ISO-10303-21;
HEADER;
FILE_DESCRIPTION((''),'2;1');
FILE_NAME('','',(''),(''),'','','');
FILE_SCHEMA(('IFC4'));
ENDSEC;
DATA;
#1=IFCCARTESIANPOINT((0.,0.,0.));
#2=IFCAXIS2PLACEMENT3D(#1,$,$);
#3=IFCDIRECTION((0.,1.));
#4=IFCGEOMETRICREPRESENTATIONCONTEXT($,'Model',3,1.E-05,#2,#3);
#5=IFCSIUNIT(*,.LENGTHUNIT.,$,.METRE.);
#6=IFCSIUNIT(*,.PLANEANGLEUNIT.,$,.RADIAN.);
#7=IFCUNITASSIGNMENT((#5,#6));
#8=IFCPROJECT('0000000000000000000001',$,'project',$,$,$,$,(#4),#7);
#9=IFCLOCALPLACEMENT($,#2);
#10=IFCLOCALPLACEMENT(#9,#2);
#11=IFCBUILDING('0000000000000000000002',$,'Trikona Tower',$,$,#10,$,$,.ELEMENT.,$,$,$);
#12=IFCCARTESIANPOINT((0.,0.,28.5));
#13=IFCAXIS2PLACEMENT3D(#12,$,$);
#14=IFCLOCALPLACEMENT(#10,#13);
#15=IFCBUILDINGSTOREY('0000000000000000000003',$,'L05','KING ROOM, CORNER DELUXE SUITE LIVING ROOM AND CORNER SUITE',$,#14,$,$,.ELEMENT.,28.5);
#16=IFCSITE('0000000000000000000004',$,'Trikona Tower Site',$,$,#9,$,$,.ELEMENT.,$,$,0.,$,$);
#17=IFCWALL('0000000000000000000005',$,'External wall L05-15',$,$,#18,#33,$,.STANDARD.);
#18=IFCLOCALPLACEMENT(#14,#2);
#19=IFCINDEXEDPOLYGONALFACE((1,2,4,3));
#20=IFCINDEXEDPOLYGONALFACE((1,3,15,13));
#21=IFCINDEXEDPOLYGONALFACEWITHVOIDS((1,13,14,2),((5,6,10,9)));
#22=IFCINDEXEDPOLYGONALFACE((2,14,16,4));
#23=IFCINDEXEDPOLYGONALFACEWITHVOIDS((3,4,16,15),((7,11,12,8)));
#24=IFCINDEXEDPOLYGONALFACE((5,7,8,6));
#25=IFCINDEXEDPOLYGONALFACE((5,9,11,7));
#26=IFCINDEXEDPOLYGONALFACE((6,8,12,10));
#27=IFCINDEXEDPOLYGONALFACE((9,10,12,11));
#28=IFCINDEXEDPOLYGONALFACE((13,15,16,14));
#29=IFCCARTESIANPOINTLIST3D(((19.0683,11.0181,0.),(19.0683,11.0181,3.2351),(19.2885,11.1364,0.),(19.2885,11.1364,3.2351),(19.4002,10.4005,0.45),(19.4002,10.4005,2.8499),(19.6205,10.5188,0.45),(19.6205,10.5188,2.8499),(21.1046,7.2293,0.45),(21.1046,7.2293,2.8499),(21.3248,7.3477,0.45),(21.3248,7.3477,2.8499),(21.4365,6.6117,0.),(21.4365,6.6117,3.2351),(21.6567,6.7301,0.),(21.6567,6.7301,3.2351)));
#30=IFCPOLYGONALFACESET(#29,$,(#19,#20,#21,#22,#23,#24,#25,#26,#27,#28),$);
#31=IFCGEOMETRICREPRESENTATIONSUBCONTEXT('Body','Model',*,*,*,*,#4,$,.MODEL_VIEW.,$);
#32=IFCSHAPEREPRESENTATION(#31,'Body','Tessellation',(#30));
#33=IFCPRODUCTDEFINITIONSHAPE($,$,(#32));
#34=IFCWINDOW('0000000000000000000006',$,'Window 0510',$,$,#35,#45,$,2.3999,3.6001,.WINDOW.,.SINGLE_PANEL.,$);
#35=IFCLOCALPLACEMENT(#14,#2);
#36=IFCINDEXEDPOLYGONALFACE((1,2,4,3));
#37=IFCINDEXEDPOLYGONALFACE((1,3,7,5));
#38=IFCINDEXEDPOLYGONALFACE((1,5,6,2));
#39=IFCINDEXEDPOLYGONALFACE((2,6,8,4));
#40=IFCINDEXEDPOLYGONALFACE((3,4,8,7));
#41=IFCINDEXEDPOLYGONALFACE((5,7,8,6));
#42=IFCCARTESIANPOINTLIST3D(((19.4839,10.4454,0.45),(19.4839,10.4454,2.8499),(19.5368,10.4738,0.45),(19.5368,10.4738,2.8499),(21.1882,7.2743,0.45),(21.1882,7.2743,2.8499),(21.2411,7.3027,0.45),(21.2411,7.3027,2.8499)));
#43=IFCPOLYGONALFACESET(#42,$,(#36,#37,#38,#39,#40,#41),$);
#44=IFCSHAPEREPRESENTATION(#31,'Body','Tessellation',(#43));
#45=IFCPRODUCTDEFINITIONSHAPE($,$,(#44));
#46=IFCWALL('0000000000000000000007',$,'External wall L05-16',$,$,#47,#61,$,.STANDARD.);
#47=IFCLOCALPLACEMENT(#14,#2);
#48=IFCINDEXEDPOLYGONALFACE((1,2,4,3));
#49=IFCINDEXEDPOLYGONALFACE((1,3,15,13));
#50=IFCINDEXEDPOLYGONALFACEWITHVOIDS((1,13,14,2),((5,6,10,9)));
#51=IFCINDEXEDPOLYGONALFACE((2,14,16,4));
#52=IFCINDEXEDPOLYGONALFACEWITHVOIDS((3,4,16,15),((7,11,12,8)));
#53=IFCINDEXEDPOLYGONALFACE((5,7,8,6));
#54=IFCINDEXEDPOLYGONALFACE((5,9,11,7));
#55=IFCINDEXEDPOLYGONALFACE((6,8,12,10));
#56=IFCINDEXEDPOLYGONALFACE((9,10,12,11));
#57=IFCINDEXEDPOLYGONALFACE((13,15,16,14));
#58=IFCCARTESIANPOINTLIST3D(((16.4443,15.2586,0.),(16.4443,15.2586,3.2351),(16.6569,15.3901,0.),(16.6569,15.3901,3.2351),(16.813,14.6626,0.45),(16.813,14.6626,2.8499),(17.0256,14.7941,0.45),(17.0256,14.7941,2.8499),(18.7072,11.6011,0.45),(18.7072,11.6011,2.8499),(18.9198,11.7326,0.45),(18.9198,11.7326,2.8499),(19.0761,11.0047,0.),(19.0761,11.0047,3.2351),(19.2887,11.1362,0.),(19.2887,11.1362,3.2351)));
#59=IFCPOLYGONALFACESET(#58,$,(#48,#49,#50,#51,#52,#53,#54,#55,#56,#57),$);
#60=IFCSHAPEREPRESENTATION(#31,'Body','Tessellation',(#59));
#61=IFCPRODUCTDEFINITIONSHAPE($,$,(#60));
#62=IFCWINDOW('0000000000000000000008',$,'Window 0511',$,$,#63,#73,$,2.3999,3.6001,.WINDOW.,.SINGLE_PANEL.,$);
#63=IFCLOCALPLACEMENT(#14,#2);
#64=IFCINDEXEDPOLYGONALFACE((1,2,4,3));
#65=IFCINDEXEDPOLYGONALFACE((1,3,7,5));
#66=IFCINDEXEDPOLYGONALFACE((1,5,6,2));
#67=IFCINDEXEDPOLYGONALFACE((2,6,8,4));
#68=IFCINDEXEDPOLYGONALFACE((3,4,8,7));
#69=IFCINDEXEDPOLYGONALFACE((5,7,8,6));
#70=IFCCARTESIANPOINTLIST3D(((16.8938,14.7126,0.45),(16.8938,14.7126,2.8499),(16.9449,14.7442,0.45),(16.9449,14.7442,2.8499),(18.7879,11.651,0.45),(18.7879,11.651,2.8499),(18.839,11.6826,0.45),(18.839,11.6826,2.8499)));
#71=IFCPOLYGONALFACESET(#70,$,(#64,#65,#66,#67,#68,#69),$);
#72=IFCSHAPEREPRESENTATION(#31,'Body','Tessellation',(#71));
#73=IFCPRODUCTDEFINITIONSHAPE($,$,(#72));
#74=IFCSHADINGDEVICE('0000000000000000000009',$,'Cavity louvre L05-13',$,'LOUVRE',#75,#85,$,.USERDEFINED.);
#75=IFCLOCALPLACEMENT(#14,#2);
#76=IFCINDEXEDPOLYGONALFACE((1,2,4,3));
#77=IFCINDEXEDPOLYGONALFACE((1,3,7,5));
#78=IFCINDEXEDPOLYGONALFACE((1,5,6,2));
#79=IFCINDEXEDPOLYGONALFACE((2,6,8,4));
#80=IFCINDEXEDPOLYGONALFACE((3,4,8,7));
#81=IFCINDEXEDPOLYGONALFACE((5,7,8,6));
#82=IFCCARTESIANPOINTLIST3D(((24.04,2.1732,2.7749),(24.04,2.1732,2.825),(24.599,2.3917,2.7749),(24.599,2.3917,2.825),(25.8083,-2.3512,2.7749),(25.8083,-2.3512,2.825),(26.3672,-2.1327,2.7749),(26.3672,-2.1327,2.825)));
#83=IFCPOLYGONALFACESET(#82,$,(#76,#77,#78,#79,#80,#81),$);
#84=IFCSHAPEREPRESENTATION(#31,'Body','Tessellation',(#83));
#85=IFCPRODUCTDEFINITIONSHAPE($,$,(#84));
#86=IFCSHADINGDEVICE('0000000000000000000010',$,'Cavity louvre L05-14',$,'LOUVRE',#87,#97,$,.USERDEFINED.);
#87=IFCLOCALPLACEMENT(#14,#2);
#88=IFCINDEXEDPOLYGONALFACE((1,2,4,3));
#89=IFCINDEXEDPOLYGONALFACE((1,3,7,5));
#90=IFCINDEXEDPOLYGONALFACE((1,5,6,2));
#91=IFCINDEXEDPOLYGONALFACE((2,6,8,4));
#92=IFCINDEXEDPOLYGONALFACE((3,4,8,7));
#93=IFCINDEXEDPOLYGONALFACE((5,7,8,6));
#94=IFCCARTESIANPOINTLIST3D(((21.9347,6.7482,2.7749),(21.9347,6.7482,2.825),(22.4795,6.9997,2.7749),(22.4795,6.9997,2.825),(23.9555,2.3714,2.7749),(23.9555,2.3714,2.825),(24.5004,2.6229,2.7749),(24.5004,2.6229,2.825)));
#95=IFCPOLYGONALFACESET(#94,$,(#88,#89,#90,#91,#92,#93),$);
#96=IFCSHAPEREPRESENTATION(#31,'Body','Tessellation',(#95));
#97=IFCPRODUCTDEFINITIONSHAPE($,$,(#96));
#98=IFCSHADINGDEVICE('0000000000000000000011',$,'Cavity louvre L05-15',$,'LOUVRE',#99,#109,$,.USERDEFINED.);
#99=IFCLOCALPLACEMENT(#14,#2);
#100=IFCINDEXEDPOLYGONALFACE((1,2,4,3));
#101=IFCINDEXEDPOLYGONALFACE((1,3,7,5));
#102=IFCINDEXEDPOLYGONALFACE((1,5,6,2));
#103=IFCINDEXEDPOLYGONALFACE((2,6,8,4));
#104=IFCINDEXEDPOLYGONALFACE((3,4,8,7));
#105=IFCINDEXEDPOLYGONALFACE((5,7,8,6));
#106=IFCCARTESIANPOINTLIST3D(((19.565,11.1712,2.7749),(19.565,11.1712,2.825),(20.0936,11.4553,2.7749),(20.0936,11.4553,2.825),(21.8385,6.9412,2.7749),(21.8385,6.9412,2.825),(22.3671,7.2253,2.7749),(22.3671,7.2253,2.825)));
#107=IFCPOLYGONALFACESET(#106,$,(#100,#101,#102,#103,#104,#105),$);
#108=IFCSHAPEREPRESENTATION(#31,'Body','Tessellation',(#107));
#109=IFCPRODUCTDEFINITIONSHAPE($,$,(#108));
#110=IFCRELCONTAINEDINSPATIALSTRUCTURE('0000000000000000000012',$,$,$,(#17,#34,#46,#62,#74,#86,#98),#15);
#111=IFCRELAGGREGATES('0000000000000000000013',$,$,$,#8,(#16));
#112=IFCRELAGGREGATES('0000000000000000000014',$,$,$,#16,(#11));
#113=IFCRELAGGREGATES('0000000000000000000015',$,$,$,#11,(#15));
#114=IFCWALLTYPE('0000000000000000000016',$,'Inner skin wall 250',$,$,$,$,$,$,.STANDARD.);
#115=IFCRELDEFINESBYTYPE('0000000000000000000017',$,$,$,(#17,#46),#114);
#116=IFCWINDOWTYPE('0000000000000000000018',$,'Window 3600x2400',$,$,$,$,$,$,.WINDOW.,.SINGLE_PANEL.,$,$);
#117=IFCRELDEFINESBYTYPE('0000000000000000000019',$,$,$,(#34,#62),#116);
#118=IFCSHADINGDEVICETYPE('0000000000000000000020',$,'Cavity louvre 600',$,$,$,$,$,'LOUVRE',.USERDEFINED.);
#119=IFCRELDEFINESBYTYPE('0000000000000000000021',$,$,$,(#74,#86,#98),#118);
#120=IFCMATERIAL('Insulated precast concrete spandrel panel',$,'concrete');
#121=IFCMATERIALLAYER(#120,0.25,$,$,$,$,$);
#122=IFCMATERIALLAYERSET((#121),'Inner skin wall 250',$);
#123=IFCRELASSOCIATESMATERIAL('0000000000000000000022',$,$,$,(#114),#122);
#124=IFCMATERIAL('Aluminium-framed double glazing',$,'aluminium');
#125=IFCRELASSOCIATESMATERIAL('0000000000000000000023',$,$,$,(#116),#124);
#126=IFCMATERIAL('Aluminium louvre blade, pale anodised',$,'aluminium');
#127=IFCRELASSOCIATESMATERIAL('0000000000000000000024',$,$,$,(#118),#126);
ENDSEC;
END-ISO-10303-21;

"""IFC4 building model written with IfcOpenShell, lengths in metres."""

from ifc_helpers import new_model, si_unit, direction, frame, frame_2d, origin, origin_2d, place, context, subcontext, project, spatial, rectangle, extrude, material, layer, layer_set, type_object, element, fill, save


model = new_model("IFC4")

# Units and contexts
model_context = context("Model", 3, precision=1e-05, world=origin(), true_north=direction((0.0, 1.0)))
body_context = subcontext(model_context, "Body", "Model", "MODEL_VIEW")
ifc_project = project(units=[si_unit("LENGTHUNIT", "METRE"), si_unit("PLANEANGLEUNIT", "RADIAN")], contexts=[model_context])

# Site, building, storey
site_placement = place(None, origin())
site = spatial("IfcSite", under=ifc_project, at=site_placement, Name="Trikona Tower Site", CompositionType="ELEMENT", RefElevation=0.0)
building_placement = place(site_placement, origin())
building = spatial("IfcBuilding", under=site, at=building_placement, Name="Trikona Tower", CompositionType="ELEMENT")
storey_placement = place(building_placement, frame((0.0, 0.0, 28.5)))
storey = spatial("IfcBuildingStorey", under=building, at=storey_placement, Name="L05", Description="KING ROOM, CORNER DELUXE SUITE LIVING ROOM AND CORNER SUITE", CompositionType="ELEMENT", Elevation=28.5)

# Walls, openings, windows
ifc_material_1 = material(Name="Insulated precast concrete spandrel panel", Category="concrete")
ifc_layer_1 = layer(ifc_material_1, 0.25)
ifc_layer_set_1 = layer_set([ifc_layer_1], Name="Inner skin wall 250")
wall_type_1 = type_object("IfcWallType", Name="Inner skin wall 250", PredefinedType="STANDARD", material=ifc_layer_set_1)
ifc_material_2 = material(Name="Aluminium-framed double glazing", Category="aluminium")
window_type = type_object("IfcWindowType", Name="Window 3600x2400", PartitioningType="SINGLE_PANEL", PredefinedType="WINDOW", material=ifc_material_2)
wall_1_placement = place(storey_placement, frame((21.5466, 6.6709, 0.0), z_axis=(0.0, 0.0, 1.0), x_axis=(-0.473413, 0.880841, 0.0)))
wall_1 = element("IfcWall", 1, at=wall_1_placement, inside=storey, type_object=wall_type_1, Name="External wall L05-15", PredefinedType="STANDARD", context=body_context, shape_type="SweptSolid", body=[
    extrude(rectangle(XDim=5.0024, YDim=0.25, at=frame_2d((2.5012, 0.0))), origin(), (0.0, 0.0, 1.0), 3.2351),
])
opening_1_placement = place(wall_1_placement, frame((0.7012, 0.0, 0.45)))
opening_1 = element("IfcOpeningElement", 2, at=opening_1_placement, cuts=wall_1, PredefinedType="OPENING", context=body_context, shape_type="SweptSolid", body=[
    extrude(rectangle(XDim=3.6001, YDim=2.3999, at=frame_2d((1.8, 1.2))), frame((0.0, 0.135, 0.0), z_axis=(0.0, -1.0, 0.0), x_axis=(1.0, 0.0, 0.0)), (0.0, 0.0, 1.0), 0.27),
])
window_1_placement = place(opening_1_placement, origin())
window_1 = element("IfcWindow", 3, at=window_1_placement, inside=storey, type_object=window_type, Name="Window 0510", OverallHeight=2.3999, OverallWidth=3.6001, PartitioningType="SINGLE_PANEL", PredefinedType="WINDOW", context=body_context, shape_type="SweptSolid", body=[
    extrude(rectangle(XDim=3.6001, YDim=2.3999, at=frame_2d((1.8, 1.2))), frame((0.0, 0.03, 0.0), z_axis=(0.0, -1.0, 0.0), x_axis=(1.0, 0.0, 0.0)), (0.0, 0.0, 1.0), 0.0601),
])
fill(opening_1, window_1)
wall_2_placement = place(storey_placement, frame((19.1824, 11.0706, 0.0), z_axis=(0.0, 0.0, 1.0), x_axis=(-0.526133, 0.850402, 0.0)))
wall_2 = element("IfcWall", 4, at=wall_2_placement, inside=storey, type_object=wall_type_1, Name="External wall L05-16", PredefinedType="STANDARD", context=body_context, shape_type="SweptSolid", body=[
    extrude(rectangle(XDim=5.0022, YDim=0.25, at=frame_2d((2.501, 0.0))), origin(), (0.0, 0.0, 1.0), 3.2351),
])
opening_2_placement = place(wall_2_placement, frame((0.7012, 0.0, 0.45)))
opening_2 = element("IfcOpeningElement", 5, at=opening_2_placement, cuts=wall_2, PredefinedType="OPENING", context=body_context, shape_type="SweptSolid", body=[
    extrude(rectangle(XDim=3.6001, YDim=2.3999, at=frame_2d((1.8, 1.2))), frame((0.0, 0.135, 0.0), z_axis=(0.0, -1.0, 0.0), x_axis=(1.0, 0.0, 0.0)), (0.0, 0.0, 1.0), 0.27),
])
window_2_placement = place(opening_2_placement, origin())
window_2 = element("IfcWindow", 6, at=window_2_placement, inside=storey, type_object=window_type, Name="Window 0511", OverallHeight=2.3999, OverallWidth=3.6001, PartitioningType="SINGLE_PANEL", PredefinedType="WINDOW", context=body_context, shape_type="SweptSolid", body=[
    extrude(rectangle(XDim=3.6001, YDim=2.3999, at=frame_2d((1.8, 1.2))), frame((0.0, 0.03, 0.0), z_axis=(0.0, -1.0, 0.0), x_axis=(1.0, 0.0, 0.0)), (0.0, 0.0, 1.0), 0.0601),
])
fill(opening_2, window_2)

# Shading devices
ifc_material_3 = material(Name="Aluminium louvre blade, pale anodised", Category="aluminium")
shading_device_type = type_object("IfcShadingDeviceType", Name="Cavity louvre 600", ElementType="LOUVRE", PredefinedType="USERDEFINED", material=ifc_material_3)
shading_device_1_placement = place(storey_placement, frame((25.2036, 0.0203, 2.7749), z_axis=(0.0, 0.0, 1.0), x_axis=(-0.364009, 0.931395, 0.0)))
element("IfcShadingDevice", 7, at=shading_device_1_placement, inside=storey, type_object=shading_device_type, Name="Cavity louvre L05-13", ObjectType="LOUVRE", PredefinedType="USERDEFINED", context=body_context, shape_type="SweptSolid", body=[
    extrude(rectangle(XDim=4.8577, YDim=0.6001, at=origin_2d()), origin(), (0.0, 0.0, 1.0), 0.05),
])
shading_device_2_placement = place(storey_placement, frame((23.2175, 4.6855, 2.7749), z_axis=(0.0, 0.0, 1.0), x_axis=(-0.419194, 0.907897, 0.0)))
element("IfcShadingDevice", 8, at=shading_device_2_placement, inside=storey, type_object=shading_device_type, Name="Cavity louvre L05-14", ObjectType="LOUVRE", PredefinedType="USERDEFINED", context=body_context, shape_type="SweptSolid", body=[
    extrude(rectangle(XDim=4.8208, YDim=0.6001, at=origin_2d()), origin(), (0.0, 0.0, 1.0), 0.05),
])
shading_device_3_placement = place(storey_placement, frame((20.9661, 9.1982, 2.7749), z_axis=(0.0, 0.0, 1.0), x_axis=(-0.473423, 0.880835, 0.0)))
element("IfcShadingDevice", 9, at=shading_device_3_placement, inside=storey, type_object=shading_device_type, Name="Cavity louvre L05-15", ObjectType="LOUVRE", PredefinedType="USERDEFINED", context=body_context, shape_type="SweptSolid", body=[
    extrude(rectangle(XDim=4.8022, YDim=0.6001, at=origin_2d()), origin(), (0.0, 0.0, 1.0), 0.05),
])

save(model, "model.ifc")
